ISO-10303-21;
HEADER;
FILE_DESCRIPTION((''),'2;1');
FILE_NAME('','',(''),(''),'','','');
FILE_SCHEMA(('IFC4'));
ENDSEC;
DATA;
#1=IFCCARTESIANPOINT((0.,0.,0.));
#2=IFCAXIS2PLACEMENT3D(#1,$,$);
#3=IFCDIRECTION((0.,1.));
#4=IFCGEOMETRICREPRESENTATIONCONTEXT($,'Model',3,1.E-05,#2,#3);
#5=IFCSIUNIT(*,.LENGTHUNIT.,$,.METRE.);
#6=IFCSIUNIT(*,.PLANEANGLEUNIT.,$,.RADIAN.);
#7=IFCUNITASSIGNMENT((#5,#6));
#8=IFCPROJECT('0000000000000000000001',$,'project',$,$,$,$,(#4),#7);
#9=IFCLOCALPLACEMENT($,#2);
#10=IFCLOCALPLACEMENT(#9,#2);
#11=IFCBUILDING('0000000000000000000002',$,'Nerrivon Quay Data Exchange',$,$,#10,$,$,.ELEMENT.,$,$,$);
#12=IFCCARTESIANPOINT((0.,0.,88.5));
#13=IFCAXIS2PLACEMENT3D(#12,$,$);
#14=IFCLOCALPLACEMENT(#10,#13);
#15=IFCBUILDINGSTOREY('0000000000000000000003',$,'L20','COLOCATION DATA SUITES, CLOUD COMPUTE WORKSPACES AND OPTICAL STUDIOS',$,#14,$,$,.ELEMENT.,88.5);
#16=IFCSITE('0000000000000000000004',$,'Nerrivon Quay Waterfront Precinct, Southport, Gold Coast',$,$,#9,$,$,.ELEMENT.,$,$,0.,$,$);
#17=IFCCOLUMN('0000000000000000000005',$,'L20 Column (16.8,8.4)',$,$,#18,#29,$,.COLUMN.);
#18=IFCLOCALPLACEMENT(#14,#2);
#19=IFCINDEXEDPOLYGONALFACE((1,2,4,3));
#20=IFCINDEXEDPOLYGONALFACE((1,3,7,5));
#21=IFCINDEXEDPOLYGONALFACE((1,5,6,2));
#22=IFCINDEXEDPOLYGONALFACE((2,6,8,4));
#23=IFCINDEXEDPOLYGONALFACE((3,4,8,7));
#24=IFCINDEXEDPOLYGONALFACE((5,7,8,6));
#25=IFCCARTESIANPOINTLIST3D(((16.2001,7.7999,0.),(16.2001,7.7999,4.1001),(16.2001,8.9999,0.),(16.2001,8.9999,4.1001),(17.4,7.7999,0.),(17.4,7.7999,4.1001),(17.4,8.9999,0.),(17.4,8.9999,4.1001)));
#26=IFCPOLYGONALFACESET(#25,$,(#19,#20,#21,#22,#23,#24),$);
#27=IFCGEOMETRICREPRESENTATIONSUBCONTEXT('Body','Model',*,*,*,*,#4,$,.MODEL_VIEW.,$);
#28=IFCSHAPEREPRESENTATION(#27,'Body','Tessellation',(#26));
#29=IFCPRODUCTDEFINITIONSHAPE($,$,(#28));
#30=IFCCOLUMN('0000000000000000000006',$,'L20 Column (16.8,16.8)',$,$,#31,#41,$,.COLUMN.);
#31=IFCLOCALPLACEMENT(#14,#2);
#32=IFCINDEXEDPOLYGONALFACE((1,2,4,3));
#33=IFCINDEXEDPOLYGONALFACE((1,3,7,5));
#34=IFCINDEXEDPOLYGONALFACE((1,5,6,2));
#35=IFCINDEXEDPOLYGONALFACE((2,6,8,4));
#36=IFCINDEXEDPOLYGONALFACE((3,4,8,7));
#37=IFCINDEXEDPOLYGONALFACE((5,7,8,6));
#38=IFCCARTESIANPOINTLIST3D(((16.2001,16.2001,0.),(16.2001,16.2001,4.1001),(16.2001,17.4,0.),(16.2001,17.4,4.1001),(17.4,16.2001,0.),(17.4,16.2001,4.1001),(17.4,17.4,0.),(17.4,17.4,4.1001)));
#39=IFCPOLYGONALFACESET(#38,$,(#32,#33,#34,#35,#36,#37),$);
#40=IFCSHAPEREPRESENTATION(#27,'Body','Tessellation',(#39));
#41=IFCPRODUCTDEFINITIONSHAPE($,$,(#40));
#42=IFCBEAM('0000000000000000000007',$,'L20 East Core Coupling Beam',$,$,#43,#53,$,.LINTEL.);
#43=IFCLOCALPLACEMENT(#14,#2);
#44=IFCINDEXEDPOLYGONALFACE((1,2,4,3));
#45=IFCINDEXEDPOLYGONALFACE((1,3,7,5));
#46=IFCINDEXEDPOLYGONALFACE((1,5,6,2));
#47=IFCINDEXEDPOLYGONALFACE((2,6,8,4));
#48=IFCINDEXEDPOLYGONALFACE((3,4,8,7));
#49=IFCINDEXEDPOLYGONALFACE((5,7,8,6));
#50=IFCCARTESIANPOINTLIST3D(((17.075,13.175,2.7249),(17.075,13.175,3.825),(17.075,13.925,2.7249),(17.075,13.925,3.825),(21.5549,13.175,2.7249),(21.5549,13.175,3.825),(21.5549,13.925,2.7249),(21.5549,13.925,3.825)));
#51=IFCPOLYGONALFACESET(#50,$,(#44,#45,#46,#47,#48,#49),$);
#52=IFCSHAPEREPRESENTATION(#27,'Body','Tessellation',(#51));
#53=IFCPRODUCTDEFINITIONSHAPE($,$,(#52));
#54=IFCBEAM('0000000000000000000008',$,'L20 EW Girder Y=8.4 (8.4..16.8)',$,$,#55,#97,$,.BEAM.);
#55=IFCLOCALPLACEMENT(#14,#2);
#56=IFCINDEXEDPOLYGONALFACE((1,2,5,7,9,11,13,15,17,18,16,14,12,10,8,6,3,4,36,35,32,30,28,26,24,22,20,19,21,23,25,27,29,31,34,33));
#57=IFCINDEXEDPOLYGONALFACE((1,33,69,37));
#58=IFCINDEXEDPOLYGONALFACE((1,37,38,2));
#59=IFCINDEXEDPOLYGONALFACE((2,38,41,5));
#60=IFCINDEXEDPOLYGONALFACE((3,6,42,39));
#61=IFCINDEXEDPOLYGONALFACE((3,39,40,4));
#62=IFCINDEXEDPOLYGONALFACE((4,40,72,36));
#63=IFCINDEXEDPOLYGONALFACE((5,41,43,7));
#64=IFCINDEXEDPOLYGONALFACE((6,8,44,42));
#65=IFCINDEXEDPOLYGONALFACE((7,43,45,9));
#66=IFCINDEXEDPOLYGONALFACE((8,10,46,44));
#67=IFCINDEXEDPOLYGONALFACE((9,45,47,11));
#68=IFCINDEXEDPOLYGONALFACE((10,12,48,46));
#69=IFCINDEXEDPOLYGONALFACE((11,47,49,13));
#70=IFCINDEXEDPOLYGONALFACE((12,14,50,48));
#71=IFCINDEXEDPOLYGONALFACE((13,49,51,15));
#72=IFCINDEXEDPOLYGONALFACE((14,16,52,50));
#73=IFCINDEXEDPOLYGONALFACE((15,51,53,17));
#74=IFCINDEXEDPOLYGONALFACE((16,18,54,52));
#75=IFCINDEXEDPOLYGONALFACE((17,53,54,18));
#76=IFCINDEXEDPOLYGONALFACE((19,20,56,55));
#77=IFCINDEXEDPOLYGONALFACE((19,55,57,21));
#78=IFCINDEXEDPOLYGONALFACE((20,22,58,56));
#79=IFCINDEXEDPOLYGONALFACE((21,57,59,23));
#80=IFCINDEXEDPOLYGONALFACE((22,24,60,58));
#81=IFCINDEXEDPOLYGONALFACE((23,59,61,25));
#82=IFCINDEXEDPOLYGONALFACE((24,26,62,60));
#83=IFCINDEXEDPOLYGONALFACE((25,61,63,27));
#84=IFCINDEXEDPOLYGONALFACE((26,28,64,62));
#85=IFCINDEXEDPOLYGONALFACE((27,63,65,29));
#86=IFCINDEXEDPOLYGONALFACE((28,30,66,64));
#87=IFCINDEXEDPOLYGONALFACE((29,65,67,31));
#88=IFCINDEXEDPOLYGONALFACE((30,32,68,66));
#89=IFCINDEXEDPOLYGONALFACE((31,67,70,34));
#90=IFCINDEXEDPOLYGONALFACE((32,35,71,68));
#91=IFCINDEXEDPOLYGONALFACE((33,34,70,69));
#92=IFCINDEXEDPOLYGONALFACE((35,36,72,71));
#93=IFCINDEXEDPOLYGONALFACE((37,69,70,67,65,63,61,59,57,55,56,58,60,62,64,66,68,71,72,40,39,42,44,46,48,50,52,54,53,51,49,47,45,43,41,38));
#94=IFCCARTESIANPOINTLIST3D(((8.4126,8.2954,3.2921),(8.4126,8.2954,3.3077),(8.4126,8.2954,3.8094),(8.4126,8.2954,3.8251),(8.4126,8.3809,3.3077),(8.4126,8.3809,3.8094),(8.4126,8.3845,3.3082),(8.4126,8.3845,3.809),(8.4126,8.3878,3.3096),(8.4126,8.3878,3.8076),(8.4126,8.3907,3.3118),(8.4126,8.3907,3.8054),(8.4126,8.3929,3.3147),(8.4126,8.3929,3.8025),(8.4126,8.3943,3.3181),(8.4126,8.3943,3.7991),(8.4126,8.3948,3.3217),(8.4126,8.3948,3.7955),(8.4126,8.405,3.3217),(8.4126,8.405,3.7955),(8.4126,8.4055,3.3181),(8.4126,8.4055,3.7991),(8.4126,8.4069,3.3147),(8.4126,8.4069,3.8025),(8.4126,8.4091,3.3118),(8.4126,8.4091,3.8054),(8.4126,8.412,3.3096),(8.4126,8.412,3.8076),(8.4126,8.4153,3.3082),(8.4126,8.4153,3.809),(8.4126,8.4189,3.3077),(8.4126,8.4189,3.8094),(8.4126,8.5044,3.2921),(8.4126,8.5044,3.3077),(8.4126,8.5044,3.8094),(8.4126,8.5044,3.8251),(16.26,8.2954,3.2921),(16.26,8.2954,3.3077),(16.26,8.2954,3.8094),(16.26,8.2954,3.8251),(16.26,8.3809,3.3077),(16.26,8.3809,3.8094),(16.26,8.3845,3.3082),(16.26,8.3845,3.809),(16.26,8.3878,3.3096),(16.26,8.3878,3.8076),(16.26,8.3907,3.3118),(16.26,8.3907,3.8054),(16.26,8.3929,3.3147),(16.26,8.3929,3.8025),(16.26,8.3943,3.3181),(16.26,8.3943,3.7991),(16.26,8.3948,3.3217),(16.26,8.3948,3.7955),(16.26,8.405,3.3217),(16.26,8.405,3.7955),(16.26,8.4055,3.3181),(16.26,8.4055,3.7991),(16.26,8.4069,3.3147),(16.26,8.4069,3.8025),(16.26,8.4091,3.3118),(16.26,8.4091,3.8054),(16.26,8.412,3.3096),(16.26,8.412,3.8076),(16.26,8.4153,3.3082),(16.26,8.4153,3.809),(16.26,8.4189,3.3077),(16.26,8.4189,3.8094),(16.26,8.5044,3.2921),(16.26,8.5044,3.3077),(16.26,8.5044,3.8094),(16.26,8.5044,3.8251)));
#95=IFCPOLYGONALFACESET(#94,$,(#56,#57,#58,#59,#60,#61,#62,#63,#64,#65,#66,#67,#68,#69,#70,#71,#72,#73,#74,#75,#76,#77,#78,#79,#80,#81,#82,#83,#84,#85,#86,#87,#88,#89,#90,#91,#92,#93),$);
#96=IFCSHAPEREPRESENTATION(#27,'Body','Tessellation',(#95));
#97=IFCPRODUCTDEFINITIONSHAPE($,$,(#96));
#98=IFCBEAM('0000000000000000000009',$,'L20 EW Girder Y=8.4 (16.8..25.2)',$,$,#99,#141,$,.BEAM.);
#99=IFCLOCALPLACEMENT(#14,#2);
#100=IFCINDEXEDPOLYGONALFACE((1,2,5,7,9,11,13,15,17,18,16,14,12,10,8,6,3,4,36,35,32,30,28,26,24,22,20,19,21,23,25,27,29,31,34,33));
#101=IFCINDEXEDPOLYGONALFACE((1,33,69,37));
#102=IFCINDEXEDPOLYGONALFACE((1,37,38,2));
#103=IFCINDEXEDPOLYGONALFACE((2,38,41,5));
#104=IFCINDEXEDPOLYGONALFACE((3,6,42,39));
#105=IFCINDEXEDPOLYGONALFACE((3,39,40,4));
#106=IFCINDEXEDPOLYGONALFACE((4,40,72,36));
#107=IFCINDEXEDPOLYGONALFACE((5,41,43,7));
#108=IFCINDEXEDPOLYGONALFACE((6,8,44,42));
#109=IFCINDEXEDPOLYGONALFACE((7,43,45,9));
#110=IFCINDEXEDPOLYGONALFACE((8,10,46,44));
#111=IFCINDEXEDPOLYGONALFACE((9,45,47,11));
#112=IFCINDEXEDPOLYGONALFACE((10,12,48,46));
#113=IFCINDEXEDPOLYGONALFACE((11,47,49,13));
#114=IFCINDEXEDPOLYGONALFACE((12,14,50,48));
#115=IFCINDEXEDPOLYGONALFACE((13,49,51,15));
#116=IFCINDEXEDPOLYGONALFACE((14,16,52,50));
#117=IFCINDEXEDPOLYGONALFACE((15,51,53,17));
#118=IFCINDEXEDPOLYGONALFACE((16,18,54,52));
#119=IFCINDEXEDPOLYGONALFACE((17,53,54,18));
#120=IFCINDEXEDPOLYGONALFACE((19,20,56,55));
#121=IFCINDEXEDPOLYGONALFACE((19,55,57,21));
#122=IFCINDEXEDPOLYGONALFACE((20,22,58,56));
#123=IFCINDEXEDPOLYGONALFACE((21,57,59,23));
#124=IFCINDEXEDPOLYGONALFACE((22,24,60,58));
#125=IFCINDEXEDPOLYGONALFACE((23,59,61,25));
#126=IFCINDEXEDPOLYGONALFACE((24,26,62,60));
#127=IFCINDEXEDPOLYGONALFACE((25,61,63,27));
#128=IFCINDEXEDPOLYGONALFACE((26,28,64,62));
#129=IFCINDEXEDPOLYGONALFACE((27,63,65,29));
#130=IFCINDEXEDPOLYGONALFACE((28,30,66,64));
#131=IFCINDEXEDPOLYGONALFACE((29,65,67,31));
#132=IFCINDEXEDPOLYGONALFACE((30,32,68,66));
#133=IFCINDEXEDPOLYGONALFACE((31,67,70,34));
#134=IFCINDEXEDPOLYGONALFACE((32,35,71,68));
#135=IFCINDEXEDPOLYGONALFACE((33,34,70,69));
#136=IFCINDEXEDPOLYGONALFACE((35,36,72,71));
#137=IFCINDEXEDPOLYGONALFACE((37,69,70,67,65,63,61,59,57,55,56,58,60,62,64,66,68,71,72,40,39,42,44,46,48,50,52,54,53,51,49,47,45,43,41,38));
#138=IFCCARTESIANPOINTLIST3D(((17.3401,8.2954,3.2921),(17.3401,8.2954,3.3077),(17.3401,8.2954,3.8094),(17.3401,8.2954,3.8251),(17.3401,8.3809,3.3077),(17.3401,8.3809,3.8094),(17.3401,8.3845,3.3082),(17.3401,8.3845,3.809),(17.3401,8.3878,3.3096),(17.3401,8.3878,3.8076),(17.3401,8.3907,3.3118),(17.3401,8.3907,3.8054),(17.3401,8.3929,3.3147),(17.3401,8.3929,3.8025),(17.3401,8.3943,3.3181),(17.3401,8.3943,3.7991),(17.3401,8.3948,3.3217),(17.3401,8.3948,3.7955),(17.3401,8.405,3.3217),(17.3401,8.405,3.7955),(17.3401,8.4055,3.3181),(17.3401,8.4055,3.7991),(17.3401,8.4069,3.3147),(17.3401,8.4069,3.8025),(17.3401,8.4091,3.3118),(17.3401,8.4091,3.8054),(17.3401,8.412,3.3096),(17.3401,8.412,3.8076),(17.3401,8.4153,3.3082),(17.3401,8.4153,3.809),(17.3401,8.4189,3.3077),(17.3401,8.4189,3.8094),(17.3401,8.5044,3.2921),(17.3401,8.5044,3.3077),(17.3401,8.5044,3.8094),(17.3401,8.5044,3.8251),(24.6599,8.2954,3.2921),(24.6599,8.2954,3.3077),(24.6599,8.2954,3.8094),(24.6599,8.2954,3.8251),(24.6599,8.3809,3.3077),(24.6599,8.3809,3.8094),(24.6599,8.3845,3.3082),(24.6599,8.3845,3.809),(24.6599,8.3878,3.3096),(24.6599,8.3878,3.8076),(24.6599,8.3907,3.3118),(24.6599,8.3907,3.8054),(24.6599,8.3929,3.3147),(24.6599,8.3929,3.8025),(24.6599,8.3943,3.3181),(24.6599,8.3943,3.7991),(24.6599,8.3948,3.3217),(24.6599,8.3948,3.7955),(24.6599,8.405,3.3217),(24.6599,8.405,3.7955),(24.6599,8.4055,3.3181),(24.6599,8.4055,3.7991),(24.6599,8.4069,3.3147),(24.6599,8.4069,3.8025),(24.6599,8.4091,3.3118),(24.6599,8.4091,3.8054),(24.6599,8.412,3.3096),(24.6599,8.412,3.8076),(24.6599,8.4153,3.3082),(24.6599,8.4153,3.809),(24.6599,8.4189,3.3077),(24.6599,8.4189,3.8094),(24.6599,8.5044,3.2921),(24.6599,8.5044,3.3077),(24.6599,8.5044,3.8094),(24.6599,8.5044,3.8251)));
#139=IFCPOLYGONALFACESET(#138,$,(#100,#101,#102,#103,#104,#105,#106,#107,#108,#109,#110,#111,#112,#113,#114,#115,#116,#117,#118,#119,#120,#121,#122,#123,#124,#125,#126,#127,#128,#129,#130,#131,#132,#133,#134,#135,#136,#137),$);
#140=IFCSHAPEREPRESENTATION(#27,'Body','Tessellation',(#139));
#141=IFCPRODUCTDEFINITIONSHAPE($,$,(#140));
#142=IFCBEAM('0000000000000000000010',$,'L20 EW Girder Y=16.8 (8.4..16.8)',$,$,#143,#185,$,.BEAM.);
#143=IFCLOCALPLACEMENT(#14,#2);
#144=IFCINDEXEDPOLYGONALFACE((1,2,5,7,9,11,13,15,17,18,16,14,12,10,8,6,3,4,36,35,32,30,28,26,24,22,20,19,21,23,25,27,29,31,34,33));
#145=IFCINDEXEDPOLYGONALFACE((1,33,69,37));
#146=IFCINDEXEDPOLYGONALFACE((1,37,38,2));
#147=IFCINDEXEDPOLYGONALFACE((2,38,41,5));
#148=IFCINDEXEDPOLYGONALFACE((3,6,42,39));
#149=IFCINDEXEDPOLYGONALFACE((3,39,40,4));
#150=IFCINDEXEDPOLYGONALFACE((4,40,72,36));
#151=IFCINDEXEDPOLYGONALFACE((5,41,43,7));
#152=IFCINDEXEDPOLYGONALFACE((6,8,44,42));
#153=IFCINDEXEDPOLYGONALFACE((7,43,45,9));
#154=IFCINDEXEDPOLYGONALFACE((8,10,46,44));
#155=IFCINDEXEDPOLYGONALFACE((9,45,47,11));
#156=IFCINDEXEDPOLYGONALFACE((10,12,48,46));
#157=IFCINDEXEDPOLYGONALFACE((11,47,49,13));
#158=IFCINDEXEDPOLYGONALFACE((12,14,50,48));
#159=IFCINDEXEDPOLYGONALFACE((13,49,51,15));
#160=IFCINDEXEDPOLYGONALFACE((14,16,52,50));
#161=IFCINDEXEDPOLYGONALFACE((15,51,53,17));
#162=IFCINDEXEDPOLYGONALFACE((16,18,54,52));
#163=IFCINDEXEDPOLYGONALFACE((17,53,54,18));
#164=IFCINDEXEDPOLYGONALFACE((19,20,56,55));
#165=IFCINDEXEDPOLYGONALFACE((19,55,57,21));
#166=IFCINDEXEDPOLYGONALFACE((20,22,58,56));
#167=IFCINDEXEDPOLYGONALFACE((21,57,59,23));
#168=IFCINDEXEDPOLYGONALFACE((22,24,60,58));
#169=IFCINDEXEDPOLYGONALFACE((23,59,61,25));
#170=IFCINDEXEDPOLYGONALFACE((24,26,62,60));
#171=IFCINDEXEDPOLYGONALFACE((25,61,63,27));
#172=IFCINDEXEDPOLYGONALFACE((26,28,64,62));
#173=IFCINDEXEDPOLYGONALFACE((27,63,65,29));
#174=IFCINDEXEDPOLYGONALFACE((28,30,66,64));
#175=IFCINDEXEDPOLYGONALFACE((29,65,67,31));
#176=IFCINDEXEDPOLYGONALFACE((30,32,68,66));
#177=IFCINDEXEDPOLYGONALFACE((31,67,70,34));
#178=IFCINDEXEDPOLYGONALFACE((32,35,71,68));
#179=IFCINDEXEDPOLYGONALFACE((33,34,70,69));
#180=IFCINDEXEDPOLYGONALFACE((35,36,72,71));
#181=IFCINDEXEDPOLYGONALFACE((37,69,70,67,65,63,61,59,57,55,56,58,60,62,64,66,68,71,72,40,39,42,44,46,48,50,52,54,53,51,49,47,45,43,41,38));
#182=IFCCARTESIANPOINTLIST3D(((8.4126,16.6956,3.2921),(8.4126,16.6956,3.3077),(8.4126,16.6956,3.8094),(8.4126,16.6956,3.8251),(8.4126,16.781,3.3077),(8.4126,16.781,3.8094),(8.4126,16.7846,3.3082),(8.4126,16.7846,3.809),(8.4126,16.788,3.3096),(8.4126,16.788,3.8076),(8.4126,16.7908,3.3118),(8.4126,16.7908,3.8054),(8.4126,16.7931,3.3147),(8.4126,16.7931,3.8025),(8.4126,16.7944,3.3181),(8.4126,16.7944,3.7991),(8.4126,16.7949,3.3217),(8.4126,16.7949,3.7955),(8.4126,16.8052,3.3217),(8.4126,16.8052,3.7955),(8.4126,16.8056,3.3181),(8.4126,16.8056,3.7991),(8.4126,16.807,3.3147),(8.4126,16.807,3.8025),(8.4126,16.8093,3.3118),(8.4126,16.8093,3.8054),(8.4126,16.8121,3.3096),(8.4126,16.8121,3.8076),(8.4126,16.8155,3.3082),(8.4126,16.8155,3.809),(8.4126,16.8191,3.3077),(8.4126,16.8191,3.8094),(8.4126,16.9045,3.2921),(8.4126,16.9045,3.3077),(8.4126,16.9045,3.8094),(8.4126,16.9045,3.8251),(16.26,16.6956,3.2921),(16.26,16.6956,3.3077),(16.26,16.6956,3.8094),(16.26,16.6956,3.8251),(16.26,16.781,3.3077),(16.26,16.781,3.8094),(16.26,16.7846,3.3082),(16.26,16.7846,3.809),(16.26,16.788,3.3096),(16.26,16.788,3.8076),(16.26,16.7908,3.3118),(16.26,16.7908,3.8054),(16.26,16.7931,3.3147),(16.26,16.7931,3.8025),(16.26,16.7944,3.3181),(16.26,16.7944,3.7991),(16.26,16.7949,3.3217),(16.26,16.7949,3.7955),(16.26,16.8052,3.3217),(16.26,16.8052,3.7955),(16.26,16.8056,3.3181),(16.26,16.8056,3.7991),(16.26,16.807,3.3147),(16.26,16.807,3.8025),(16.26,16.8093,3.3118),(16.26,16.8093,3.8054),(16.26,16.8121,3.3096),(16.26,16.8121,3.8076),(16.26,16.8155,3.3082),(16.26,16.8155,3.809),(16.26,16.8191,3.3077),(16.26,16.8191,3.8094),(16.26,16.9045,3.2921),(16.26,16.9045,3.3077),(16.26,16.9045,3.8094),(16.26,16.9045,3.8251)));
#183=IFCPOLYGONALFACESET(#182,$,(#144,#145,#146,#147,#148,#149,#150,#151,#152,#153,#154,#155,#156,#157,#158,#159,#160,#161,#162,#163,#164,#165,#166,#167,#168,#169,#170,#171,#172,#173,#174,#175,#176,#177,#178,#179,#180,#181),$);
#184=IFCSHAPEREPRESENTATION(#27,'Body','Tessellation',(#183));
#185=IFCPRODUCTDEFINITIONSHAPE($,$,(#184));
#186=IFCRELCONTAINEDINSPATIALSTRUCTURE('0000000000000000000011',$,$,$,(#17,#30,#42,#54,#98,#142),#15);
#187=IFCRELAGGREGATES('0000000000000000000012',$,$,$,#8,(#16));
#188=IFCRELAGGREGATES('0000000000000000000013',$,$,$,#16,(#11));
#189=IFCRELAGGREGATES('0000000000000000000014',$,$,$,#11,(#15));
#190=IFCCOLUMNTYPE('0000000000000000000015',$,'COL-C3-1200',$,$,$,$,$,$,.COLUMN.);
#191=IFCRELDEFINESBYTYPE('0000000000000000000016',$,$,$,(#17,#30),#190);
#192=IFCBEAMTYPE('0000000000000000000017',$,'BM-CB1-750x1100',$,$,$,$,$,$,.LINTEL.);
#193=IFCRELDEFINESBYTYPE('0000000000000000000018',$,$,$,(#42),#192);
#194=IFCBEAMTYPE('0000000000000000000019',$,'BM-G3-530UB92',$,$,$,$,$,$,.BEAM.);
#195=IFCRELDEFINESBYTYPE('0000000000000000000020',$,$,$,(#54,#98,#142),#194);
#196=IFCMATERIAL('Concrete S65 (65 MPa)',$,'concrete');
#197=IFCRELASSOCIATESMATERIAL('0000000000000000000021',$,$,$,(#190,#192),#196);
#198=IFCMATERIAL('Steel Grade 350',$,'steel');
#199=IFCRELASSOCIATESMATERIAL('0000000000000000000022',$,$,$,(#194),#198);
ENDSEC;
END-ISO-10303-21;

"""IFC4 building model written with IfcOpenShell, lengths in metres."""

from ifc_helpers import new_model, si_unit, direction, frame, origin, origin_2d, place, context, subcontext, project, spatial, rectangle, i_section, extrude, material, material_profile, profile_set, type_object, element, save


model = new_model("IFC4")

# Units and contexts
model_context = context("Model", 3, precision=1e-05, world=origin(), true_north=direction((0.0, 1.0)))
body_context = subcontext(model_context, "Body", "Model", "MODEL_VIEW")
ifc_project = project(units=[si_unit("LENGTHUNIT", "METRE"), si_unit("PLANEANGLEUNIT", "RADIAN")], contexts=[model_context])

# Site, building, storey
site_placement = place(None, origin())
site = spatial("IfcSite", under=ifc_project, at=site_placement, Name="Nerrivon Quay Waterfront Precinct, Southport, Gold Coast", CompositionType="ELEMENT", RefElevation=0.0)
building_placement = place(site_placement, origin())
building = spatial("IfcBuilding", under=site, at=building_placement, Name="Nerrivon Quay Data Exchange", CompositionType="ELEMENT")
storey_placement = place(building_placement, frame((0.0, 0.0, 88.5)))
storey = spatial("IfcBuildingStorey", under=building, at=storey_placement, Name="L20", Description="COLOCATION DATA SUITES, CLOUD COMPUTE WORKSPACES AND OPTICAL STUDIOS", CompositionType="ELEMENT", Elevation=88.5)

# Columns
ifc_material_1 = material(Name="Concrete S65 (65 MPa)", Category="concrete")
ifc_material_profile_1 = material_profile(ifc_material_1, rectangle(XDim=1.2, YDim=1.2, at=origin_2d()), Name="RC-COL-1200x1200")
ifc_profile_set_1 = profile_set([ifc_material_profile_1], Name="Concrete S65 (65 MPa)")
column_type = type_object("IfcColumnType", Name="COL-C3-1200", PredefinedType="COLUMN", material=ifc_profile_set_1)
for number, where, z_axis, x_axis, name in (
    (1, (16.8, 8.3999, 0.0), (0.0, 0.0, 1.0), (1.0, 0.0, 0.0), "L20 Column (16.8,8.4)"),
    (2, (16.8, 16.8, 0.0), (0.0, 0.0, 1.0), (1.0, 0.0, 0.0), "L20 Column (16.8,16.8)"),
):
    element("IfcColumn", number, at=place(storey_placement, frame(where, z_axis=z_axis, x_axis=x_axis)), inside=storey, type_object=column_type, Name=name, PredefinedType="COLUMN", context=body_context, shape_type="SweptSolid", body=[
        extrude(rectangle(XDim=1.2, YDim=1.2, at=origin_2d()), origin(), (0.0, 0.0, 1.0), 4.1001),
    ])

# Beams
ifc_material_profile_2 = material_profile(ifc_material_1, rectangle(XDim=0.75, YDim=1.1001, at=origin_2d()), Name="RC-CB-750x1100")
ifc_profile_set_2 = profile_set([ifc_material_profile_2], Name="Concrete S65 (65 MPa)")
beam_type_1 = type_object("IfcBeamType", Name="BM-CB1-750x1100", PredefinedType="LINTEL", material=ifc_profile_set_2)
beam_1_placement = place(storey_placement, frame((17.075, 13.55, 3.2749), z_axis=(1.0, 0.0, 0.0), x_axis=(0.0, 1.0, 0.0)))
element("IfcBeam", 3, at=beam_1_placement, inside=storey, type_object=beam_type_1, Name="L20 East Core Coupling Beam", PredefinedType="LINTEL", context=body_context, shape_type="SweptSolid", body=[
    extrude(rectangle(XDim=0.75, YDim=1.1001, at=origin_2d()), origin(), (0.0, 0.0, 1.0), 4.48),
])
ifc_material_2 = material(Name="Steel Grade 350", Category="steel")
ifc_material_profile_3 = material_profile(ifc_material_2, i_section(OverallWidth=0.209, OverallDepth=0.533, WebThickness=0.0103, FlangeThickness=0.0156, FilletRadius=0.0139, at=origin_2d()), Name="530UB92.4")
ifc_profile_set_3 = profile_set([ifc_material_profile_3], Name="Steel Grade 350")
beam_type_2 = type_object("IfcBeamType", Name="BM-G3-530UB92", PredefinedType="BEAM", material=ifc_profile_set_3)
beam_2_placement = place(storey_placement, frame((8.4126, 8.3999, 3.5586), z_axis=(1.0, 0.0, 0.0), x_axis=(0.0, 1.0, 0.0)))
element("IfcBeam", 4, at=beam_2_placement, inside=storey, type_object=beam_type_2, Name="L20 EW Girder Y=8.4 (8.4..16.8)", PredefinedType="BEAM", context=body_context, shape_type="SweptSolid", body=[
    extrude(i_section(OverallWidth=0.209, OverallDepth=0.533, WebThickness=0.0103, FlangeThickness=0.0156, FilletRadius=0.0139, at=origin_2d()), origin(), (0.0, 0.0, 1.0), 7.8474),
])
beam_3_placement = place(storey_placement, frame((17.3401, 8.3999, 3.5586), z_axis=(1.0, 0.0, 0.0), x_axis=(0.0, 1.0, 0.0)))
element("IfcBeam", 5, at=beam_3_placement, inside=storey, type_object=beam_type_2, Name="L20 EW Girder Y=8.4 (16.8..25.2)", PredefinedType="BEAM", context=body_context, shape_type="SweptSolid", body=[
    extrude(i_section(OverallWidth=0.209, OverallDepth=0.533, WebThickness=0.0103, FlangeThickness=0.0156, FilletRadius=0.0139, at=origin_2d()), origin(), (0.0, 0.0, 1.0), 7.3198),
])
beam_4_placement = place(storey_placement, frame((8.4126, 16.8, 3.5586), z_axis=(1.0, 0.0, 0.0), x_axis=(0.0, 1.0, 0.0)))
element("IfcBeam", 6, at=beam_4_placement, inside=storey, type_object=beam_type_2, Name="L20 EW Girder Y=16.8 (8.4..16.8)", PredefinedType="BEAM", context=body_context, shape_type="SweptSolid", body=[
    extrude(i_section(OverallWidth=0.209, OverallDepth=0.533, WebThickness=0.0103, FlangeThickness=0.0156, FilletRadius=0.0139, at=origin_2d()), origin(), (0.0, 0.0, 1.0), 7.8474),
])

save(model, "model.ifc")
